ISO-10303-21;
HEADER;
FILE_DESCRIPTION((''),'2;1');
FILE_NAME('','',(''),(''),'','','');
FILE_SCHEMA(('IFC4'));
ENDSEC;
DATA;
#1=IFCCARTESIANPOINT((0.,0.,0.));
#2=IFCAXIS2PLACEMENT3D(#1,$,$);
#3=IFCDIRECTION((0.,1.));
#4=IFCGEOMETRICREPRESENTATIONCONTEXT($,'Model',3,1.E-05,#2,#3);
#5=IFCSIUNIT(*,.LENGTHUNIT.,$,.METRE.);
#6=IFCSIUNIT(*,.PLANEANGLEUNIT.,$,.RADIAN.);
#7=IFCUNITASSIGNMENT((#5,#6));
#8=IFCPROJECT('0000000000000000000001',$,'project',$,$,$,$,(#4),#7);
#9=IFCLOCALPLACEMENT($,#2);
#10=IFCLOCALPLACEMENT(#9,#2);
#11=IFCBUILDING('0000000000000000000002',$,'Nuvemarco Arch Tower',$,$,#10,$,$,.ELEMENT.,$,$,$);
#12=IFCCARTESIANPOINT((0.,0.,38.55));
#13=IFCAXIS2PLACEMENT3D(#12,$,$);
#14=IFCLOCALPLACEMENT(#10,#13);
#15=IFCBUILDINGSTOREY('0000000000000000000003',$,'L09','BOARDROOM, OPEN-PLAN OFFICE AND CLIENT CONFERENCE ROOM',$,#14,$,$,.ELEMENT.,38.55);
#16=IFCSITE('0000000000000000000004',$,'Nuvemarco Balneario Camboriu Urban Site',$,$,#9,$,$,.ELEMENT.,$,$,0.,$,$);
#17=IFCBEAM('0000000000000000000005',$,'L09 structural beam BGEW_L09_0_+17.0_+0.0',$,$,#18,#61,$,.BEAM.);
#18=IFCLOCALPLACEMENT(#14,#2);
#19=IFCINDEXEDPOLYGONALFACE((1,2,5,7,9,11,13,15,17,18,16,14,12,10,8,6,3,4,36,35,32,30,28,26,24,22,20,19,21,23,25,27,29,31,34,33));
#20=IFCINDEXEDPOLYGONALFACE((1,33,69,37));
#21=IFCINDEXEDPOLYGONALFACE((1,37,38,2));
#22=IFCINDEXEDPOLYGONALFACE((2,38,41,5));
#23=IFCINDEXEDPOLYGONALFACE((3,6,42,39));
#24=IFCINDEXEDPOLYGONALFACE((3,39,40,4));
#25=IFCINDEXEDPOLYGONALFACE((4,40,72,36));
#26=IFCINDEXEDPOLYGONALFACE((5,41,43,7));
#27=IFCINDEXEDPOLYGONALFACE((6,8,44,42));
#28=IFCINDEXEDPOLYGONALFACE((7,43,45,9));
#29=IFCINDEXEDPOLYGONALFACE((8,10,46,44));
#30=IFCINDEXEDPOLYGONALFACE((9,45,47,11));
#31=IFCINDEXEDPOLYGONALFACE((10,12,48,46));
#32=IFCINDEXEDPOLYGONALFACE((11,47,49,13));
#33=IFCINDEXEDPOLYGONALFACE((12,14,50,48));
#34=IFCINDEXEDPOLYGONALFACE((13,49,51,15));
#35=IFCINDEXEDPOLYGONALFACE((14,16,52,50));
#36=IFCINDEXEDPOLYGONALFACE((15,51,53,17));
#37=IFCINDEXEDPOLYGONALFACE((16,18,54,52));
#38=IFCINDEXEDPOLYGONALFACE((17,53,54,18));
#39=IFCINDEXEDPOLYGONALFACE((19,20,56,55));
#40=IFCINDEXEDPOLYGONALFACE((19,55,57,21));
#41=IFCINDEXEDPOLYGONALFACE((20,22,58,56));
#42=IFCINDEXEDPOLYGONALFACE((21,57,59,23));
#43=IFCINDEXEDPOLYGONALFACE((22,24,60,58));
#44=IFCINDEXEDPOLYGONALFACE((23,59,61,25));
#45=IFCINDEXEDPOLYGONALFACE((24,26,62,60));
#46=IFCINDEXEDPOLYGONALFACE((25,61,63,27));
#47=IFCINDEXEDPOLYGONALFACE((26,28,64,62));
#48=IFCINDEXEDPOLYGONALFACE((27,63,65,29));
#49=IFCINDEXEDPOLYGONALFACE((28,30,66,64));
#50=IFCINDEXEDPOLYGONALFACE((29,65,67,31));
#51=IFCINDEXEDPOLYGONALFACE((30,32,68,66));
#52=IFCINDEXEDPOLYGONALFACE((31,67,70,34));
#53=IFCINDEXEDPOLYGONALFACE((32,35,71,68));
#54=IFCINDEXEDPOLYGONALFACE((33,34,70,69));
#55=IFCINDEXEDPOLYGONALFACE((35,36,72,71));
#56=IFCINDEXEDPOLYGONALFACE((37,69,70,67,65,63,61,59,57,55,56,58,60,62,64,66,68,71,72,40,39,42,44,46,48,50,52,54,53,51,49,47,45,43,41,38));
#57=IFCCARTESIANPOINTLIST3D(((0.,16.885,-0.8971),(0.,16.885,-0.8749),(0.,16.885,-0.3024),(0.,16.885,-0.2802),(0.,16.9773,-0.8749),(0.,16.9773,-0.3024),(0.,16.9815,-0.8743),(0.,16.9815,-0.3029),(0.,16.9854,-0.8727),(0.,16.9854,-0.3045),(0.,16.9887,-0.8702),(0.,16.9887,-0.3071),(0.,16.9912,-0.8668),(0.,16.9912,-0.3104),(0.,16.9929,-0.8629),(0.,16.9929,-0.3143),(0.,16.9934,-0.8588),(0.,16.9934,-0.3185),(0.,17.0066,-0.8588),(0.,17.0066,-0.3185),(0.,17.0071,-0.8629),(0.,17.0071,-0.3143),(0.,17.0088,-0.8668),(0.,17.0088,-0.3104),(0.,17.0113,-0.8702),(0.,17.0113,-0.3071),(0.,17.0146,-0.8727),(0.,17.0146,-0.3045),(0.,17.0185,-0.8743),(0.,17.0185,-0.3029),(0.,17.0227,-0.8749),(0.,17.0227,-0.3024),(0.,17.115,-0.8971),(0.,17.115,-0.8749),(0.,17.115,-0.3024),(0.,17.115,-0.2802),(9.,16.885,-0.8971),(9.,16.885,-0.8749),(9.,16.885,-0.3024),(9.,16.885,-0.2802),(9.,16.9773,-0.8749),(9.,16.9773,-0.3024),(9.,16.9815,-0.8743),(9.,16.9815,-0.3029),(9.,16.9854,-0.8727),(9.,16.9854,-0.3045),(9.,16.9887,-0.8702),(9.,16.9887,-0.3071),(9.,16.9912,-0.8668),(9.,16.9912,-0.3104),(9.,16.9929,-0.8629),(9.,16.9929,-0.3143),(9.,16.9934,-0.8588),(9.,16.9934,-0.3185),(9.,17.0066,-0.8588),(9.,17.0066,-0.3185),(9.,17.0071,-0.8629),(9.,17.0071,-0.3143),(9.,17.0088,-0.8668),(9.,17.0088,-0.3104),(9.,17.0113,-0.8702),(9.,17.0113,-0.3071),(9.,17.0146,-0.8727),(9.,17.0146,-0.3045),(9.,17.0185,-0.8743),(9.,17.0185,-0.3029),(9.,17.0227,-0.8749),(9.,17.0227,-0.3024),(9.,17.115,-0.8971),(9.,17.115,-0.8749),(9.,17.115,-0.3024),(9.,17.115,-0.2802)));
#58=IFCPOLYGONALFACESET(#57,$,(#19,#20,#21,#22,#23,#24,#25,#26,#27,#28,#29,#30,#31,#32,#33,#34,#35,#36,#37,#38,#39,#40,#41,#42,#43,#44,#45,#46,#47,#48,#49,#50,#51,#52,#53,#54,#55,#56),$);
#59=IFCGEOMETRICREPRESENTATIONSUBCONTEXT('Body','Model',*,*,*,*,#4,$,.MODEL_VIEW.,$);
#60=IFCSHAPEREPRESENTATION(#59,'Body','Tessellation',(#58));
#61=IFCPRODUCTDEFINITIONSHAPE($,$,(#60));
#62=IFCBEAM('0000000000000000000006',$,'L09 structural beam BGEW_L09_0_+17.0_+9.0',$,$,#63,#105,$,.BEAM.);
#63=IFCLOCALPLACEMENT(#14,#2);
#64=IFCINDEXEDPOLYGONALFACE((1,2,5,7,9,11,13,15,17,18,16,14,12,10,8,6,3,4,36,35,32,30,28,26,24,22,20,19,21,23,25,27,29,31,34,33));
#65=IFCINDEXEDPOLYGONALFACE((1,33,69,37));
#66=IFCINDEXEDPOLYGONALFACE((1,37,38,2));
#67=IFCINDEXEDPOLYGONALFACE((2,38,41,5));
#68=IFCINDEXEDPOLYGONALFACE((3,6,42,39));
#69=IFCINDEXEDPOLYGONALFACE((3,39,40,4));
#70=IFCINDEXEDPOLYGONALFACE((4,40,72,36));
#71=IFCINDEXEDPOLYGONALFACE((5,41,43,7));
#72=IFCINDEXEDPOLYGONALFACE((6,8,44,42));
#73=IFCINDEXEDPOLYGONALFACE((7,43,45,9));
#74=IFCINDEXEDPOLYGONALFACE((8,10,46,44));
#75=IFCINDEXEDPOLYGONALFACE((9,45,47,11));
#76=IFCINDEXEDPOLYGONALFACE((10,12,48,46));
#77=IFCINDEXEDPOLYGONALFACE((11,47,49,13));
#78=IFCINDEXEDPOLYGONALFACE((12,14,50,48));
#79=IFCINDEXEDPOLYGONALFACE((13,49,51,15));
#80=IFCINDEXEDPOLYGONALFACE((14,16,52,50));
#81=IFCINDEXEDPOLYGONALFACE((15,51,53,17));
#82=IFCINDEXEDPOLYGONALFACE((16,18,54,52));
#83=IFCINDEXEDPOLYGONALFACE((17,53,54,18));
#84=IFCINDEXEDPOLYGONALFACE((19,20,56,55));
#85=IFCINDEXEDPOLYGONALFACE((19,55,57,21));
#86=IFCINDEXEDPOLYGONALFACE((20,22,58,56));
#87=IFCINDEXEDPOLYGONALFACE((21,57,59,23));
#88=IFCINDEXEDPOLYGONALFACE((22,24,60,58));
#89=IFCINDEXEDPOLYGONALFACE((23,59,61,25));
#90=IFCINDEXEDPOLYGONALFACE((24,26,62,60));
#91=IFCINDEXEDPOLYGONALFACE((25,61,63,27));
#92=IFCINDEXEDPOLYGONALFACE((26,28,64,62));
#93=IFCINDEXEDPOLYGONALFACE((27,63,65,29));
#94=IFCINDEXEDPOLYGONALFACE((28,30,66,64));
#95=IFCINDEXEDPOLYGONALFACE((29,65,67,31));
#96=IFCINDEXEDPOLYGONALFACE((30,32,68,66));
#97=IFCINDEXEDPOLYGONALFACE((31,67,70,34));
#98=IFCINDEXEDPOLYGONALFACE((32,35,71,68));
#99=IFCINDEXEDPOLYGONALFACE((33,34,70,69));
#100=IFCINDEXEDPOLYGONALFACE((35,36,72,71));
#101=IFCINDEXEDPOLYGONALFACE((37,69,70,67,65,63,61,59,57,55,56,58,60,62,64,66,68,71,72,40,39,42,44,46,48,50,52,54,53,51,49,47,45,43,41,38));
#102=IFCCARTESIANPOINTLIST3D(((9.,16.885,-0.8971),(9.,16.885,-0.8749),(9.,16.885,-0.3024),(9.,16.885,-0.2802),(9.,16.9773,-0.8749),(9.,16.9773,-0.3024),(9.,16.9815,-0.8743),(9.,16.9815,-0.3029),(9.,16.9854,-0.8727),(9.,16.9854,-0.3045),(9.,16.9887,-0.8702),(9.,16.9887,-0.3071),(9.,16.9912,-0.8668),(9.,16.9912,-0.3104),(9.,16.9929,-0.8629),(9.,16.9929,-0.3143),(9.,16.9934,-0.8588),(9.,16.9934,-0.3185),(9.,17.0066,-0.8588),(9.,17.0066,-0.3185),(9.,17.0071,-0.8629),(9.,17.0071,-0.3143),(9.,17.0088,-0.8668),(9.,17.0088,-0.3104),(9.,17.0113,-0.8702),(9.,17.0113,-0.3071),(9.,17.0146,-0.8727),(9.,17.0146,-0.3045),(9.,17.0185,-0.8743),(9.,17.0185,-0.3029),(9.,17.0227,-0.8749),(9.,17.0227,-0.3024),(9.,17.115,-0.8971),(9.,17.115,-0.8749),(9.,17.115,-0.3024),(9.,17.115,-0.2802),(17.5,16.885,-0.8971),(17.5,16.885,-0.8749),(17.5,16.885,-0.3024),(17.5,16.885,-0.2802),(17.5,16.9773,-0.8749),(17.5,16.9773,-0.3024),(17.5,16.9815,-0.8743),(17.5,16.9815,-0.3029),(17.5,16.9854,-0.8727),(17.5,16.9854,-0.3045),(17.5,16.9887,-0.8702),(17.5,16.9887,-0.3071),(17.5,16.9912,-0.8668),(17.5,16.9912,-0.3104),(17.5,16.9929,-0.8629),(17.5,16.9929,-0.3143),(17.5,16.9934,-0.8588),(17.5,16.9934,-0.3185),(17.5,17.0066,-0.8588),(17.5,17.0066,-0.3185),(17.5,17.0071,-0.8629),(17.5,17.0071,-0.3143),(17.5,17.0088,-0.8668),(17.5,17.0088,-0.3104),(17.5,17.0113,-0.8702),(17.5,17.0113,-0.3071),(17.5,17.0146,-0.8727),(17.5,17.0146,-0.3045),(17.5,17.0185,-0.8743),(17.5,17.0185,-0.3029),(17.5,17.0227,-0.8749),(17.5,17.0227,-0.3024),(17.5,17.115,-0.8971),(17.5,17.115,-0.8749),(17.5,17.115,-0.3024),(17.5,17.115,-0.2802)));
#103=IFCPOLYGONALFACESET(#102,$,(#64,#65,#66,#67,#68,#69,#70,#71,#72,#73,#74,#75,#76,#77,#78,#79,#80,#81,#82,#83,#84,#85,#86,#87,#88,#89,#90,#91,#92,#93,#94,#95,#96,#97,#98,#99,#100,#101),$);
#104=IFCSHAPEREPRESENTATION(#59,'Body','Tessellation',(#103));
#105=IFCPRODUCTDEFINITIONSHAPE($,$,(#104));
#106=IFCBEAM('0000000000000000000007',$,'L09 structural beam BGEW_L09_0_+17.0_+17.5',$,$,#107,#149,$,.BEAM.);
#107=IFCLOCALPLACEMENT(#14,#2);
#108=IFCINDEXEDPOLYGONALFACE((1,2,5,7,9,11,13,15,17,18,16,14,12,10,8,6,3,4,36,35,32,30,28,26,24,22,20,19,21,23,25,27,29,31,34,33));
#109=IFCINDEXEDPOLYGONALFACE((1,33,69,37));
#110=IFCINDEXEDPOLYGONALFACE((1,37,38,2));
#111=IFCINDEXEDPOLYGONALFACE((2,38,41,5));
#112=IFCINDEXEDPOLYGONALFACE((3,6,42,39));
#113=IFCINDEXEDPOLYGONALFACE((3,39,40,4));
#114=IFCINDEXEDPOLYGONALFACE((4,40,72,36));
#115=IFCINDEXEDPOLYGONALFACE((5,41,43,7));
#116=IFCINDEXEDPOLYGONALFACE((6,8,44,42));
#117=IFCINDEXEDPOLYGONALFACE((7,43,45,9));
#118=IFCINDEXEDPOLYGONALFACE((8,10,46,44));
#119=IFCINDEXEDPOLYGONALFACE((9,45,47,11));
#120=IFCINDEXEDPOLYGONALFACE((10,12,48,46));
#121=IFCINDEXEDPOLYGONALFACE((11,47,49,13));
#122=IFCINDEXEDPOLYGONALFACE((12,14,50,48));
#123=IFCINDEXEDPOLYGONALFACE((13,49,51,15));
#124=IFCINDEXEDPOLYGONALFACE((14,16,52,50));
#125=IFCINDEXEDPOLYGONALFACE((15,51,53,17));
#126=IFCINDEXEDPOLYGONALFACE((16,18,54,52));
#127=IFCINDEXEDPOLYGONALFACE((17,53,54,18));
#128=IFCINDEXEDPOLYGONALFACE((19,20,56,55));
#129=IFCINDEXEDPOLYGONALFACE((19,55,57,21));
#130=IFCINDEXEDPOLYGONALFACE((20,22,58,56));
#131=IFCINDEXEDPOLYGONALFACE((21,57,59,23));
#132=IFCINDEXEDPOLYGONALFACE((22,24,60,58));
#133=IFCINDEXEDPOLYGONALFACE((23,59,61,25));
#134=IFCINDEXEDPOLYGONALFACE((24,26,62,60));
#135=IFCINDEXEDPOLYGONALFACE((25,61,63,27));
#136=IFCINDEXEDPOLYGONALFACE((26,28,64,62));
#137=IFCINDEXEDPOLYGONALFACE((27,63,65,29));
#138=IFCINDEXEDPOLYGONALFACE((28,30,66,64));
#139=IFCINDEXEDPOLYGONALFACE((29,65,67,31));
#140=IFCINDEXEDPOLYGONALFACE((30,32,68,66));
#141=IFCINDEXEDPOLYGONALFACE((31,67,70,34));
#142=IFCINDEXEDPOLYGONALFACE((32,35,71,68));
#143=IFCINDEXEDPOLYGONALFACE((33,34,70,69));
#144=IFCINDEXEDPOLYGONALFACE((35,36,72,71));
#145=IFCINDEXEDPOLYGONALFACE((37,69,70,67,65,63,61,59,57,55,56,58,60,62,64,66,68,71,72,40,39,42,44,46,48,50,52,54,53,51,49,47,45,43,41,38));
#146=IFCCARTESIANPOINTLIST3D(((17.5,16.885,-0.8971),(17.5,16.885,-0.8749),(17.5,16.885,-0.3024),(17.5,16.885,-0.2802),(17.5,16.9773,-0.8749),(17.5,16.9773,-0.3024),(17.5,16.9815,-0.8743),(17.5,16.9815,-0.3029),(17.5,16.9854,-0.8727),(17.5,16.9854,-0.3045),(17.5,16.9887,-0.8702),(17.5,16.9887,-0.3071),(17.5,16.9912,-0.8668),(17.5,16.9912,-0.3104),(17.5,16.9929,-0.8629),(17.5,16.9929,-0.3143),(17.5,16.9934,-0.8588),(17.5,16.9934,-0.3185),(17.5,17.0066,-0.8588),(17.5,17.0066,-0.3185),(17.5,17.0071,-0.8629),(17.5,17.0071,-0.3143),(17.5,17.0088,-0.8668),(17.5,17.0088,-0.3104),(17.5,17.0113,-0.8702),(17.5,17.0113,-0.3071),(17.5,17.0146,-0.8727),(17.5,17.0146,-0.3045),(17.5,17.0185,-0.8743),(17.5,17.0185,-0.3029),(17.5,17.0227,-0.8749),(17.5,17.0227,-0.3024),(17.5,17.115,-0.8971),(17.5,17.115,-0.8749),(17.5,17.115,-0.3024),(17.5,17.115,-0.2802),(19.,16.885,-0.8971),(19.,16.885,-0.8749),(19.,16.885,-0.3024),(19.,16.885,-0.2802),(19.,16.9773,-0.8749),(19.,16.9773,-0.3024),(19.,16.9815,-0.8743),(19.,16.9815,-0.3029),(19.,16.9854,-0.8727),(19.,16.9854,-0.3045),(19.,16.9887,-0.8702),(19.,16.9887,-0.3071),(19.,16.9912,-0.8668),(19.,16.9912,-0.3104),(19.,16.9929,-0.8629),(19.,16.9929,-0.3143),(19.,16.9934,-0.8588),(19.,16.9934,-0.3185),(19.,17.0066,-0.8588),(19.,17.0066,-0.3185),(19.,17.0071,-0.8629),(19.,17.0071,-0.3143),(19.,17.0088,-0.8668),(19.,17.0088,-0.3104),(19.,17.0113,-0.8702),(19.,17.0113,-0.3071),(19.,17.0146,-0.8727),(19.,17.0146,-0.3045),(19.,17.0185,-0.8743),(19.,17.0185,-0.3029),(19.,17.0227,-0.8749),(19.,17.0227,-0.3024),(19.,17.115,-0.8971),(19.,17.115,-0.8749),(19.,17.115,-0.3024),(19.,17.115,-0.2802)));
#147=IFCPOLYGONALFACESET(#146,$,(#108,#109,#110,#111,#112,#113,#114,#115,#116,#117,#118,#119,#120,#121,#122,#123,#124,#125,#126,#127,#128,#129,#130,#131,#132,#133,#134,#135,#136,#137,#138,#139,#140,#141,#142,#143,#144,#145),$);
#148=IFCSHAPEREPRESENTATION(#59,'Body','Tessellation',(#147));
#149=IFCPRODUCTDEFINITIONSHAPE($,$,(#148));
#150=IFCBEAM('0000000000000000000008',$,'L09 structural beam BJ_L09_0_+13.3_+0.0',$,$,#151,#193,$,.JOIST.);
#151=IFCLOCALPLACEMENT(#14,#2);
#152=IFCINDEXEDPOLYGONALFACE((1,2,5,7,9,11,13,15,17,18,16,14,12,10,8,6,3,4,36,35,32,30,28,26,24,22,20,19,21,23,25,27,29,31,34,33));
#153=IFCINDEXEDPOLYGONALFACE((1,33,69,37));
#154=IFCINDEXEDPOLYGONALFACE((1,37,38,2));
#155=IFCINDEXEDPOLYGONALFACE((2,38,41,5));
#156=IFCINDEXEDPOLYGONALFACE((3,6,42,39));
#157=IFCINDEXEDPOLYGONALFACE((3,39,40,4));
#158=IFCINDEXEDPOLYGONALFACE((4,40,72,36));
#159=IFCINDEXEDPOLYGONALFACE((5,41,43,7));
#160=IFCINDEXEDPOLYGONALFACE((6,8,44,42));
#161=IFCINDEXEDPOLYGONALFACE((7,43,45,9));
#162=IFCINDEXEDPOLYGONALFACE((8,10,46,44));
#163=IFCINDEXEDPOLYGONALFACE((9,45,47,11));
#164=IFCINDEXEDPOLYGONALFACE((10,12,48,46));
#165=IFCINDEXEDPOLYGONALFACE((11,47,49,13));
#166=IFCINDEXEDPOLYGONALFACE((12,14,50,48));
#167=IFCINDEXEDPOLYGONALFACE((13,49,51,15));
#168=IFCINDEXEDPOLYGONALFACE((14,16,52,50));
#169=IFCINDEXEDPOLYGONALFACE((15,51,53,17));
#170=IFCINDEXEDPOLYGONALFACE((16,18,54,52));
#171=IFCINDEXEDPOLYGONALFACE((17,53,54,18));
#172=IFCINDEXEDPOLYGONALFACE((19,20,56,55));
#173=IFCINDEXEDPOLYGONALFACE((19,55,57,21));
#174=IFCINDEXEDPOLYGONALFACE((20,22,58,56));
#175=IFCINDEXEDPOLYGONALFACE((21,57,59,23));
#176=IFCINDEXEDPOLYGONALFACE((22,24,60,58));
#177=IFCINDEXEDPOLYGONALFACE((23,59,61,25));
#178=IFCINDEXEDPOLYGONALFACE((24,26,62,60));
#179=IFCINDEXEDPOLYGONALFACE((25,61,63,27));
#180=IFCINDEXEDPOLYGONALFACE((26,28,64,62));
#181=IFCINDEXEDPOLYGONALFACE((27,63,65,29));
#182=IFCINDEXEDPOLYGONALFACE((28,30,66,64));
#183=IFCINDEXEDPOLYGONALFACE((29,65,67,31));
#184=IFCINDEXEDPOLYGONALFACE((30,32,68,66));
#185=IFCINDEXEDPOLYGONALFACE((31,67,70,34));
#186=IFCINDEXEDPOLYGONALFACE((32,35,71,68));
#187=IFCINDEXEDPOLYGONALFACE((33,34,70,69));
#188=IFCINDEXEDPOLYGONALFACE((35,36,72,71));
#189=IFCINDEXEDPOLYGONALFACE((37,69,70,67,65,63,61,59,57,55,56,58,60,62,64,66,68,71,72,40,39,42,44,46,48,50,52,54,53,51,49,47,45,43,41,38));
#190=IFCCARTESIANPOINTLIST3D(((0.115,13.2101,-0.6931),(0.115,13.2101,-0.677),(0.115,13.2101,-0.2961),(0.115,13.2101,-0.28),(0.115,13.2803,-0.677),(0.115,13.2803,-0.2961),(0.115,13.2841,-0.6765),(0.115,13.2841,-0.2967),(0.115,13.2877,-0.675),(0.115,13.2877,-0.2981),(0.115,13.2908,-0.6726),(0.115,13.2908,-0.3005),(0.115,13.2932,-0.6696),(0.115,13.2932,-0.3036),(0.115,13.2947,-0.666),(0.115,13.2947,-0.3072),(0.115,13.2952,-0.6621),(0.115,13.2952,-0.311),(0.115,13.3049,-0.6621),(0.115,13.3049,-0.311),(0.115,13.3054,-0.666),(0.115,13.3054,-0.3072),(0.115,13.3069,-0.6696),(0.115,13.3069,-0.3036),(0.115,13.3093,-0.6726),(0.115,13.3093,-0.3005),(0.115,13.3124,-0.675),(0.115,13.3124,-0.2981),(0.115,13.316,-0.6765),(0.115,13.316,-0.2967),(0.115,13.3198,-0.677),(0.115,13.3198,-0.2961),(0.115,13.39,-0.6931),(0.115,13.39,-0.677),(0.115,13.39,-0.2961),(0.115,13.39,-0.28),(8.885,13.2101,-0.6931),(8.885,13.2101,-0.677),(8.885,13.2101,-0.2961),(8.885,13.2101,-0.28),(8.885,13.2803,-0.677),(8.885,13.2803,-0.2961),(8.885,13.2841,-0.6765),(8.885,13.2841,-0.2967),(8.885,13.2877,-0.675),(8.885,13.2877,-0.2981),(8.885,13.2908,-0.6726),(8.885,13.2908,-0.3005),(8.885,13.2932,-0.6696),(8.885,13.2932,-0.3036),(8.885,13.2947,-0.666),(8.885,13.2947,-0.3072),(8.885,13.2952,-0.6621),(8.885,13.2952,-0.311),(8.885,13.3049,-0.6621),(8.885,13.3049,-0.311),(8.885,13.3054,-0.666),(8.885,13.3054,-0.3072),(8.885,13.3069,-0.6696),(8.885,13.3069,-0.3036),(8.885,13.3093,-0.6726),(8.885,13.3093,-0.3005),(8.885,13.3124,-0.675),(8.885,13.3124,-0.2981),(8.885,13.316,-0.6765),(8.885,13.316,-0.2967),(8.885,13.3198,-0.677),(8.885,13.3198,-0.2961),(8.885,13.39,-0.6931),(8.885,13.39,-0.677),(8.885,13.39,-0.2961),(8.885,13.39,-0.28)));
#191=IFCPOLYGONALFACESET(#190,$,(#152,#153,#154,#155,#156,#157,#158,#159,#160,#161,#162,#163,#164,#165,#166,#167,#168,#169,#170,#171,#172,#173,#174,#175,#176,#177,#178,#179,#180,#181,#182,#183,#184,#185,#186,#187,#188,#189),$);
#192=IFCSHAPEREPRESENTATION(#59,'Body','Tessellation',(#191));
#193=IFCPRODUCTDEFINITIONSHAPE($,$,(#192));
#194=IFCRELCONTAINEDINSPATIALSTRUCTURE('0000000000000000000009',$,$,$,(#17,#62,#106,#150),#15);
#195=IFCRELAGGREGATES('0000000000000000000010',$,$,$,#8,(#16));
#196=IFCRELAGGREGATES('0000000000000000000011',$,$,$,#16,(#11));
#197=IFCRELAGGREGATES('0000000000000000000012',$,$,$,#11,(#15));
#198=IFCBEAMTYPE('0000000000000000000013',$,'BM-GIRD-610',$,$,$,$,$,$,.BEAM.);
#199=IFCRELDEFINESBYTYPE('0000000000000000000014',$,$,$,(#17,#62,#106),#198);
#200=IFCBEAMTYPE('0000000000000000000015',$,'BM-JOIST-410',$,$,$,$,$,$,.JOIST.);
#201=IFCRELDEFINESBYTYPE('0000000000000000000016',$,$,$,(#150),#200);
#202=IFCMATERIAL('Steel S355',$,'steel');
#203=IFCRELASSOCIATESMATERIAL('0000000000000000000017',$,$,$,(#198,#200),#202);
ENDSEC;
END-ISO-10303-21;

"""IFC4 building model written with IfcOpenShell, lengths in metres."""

from ifc_helpers import new_model, si_unit, direction, frame, origin, origin_2d, place, context, subcontext, project, spatial, i_section, extrude, material, material_profile, profile_set, type_object, element, save


model = new_model("IFC4")

# Units and contexts
model_context = context("Model", 3, precision=1e-05, world=origin(), true_north=direction((0.0, 1.0)))
body_context = subcontext(model_context, "Body", "Model", "MODEL_VIEW")
ifc_project = project(units=[si_unit("LENGTHUNIT", "METRE"), si_unit("PLANEANGLEUNIT", "RADIAN")], contexts=[model_context])

# Site, building, storey
site_placement = place(None, origin())
site = spatial("IfcSite", under=ifc_project, at=site_placement, Name="Nuvemarco Balneario Camboriu Urban Site", CompositionType="ELEMENT", RefElevation=0.0)
building_placement = place(site_placement, origin())
building = spatial("IfcBuilding", under=site, at=building_placement, Name="Nuvemarco Arch Tower", CompositionType="ELEMENT")
storey_placement = place(building_placement, frame((0.0, 0.0, 38.55)))
storey = spatial("IfcBuildingStorey", under=building, at=storey_placement, Name="L09", Description="BOARDROOM, OPEN-PLAN OFFICE AND CLIENT CONFERENCE ROOM", CompositionType="ELEMENT", Elevation=38.55)

# Shared definitions
ifc_material_1 = material(Name="Steel S355", Category="steel")

# Beams
ifc_material_profile_1 = material_profile(ifc_material_1, i_section(OverallWidth=0.23, OverallDepth=0.6169, WebThickness=0.0132, FlangeThickness=0.0222, FilletRadius=0.0161, at=origin_2d()), Name="W610x140")
ifc_profile_set_1 = profile_set([ifc_material_profile_1], Name="Steel S355")
beam_type_1 = type_object("IfcBeamType", Name="BM-GIRD-610", PredefinedType="BEAM", material=ifc_profile_set_1)
beam_1_placement = place(storey_placement, frame((0.0, 17.0, -0.5886), z_axis=(1.0, 0.0, 0.0), x_axis=(0.0, 1.0, 0.0)))
element("IfcBeam", 1, at=beam_1_placement, inside=storey, type_object=beam_type_1, Name="L09 structural beam BGEW_L09_0_+17.0_+0.0", PredefinedType="BEAM", context=body_context, shape_type="SweptSolid", body=[
    extrude(i_section(OverallWidth=0.23, OverallDepth=0.6169, WebThickness=0.0132, FlangeThickness=0.0222, FilletRadius=0.0161, at=origin_2d()), origin(), (0.0, 0.0, 1.0), 9.0),
])
beam_2_placement = place(storey_placement, frame((9.0, 17.0, -0.5886), z_axis=(1.0, 0.0, 0.0), x_axis=(0.0, 1.0, 0.0)))
element("IfcBeam", 2, at=beam_2_placement, inside=storey, type_object=beam_type_1, Name="L09 structural beam BGEW_L09_0_+17.0_+9.0", PredefinedType="BEAM", context=body_context, shape_type="SweptSolid", body=[
    extrude(i_section(OverallWidth=0.23, OverallDepth=0.6169, WebThickness=0.0132, FlangeThickness=0.0222, FilletRadius=0.0161, at=origin_2d()), origin(), (0.0, 0.0, 1.0), 8.5),
])
beam_3_placement = place(storey_placement, frame((17.5, 17.0, -0.5886), z_axis=(1.0, 0.0, 0.0), x_axis=(0.0, 1.0, 0.0)))
element("IfcBeam", 3, at=beam_3_placement, inside=storey, type_object=beam_type_1, Name="L09 structural beam BGEW_L09_0_+17.0_+17.5", PredefinedType="BEAM", context=body_context, shape_type="SweptSolid", body=[
    extrude(i_section(OverallWidth=0.23, OverallDepth=0.6169, WebThickness=0.0132, FlangeThickness=0.0222, FilletRadius=0.0161, at=origin_2d()), origin(), (0.0, 0.0, 1.0), 1.5),
])
ifc_material_profile_2 = material_profile(ifc_material_1, i_section(OverallWidth=0.1799, OverallDepth=0.4131, WebThickness=0.0098, FlangeThickness=0.0161, FilletRadius=0.0149, at=origin_2d()), Name="W410x75")
ifc_profile_set_2 = profile_set([ifc_material_profile_2], Name="Steel S355")
beam_type_2 = type_object("IfcBeamType", Name="BM-JOIST-410", PredefinedType="JOIST", material=ifc_profile_set_2)
beam_4_placement = place(storey_placement, frame((0.115, 13.3, -0.4866), z_axis=(1.0, 0.0, 0.0), x_axis=(0.0, 1.0, 0.0)))
element("IfcBeam", 4, at=beam_4_placement, inside=storey, type_object=beam_type_2, Name="L09 structural beam BJ_L09_0_+13.3_+0.0", PredefinedType="JOIST", context=body_context, shape_type="SweptSolid", body=[
    extrude(i_section(OverallWidth=0.1799, OverallDepth=0.4131, WebThickness=0.0098, FlangeThickness=0.0161, FilletRadius=0.0149, at=origin_2d()), origin(), (0.0, 0.0, 1.0), 8.77),
])

save(model, "model.ifc")
